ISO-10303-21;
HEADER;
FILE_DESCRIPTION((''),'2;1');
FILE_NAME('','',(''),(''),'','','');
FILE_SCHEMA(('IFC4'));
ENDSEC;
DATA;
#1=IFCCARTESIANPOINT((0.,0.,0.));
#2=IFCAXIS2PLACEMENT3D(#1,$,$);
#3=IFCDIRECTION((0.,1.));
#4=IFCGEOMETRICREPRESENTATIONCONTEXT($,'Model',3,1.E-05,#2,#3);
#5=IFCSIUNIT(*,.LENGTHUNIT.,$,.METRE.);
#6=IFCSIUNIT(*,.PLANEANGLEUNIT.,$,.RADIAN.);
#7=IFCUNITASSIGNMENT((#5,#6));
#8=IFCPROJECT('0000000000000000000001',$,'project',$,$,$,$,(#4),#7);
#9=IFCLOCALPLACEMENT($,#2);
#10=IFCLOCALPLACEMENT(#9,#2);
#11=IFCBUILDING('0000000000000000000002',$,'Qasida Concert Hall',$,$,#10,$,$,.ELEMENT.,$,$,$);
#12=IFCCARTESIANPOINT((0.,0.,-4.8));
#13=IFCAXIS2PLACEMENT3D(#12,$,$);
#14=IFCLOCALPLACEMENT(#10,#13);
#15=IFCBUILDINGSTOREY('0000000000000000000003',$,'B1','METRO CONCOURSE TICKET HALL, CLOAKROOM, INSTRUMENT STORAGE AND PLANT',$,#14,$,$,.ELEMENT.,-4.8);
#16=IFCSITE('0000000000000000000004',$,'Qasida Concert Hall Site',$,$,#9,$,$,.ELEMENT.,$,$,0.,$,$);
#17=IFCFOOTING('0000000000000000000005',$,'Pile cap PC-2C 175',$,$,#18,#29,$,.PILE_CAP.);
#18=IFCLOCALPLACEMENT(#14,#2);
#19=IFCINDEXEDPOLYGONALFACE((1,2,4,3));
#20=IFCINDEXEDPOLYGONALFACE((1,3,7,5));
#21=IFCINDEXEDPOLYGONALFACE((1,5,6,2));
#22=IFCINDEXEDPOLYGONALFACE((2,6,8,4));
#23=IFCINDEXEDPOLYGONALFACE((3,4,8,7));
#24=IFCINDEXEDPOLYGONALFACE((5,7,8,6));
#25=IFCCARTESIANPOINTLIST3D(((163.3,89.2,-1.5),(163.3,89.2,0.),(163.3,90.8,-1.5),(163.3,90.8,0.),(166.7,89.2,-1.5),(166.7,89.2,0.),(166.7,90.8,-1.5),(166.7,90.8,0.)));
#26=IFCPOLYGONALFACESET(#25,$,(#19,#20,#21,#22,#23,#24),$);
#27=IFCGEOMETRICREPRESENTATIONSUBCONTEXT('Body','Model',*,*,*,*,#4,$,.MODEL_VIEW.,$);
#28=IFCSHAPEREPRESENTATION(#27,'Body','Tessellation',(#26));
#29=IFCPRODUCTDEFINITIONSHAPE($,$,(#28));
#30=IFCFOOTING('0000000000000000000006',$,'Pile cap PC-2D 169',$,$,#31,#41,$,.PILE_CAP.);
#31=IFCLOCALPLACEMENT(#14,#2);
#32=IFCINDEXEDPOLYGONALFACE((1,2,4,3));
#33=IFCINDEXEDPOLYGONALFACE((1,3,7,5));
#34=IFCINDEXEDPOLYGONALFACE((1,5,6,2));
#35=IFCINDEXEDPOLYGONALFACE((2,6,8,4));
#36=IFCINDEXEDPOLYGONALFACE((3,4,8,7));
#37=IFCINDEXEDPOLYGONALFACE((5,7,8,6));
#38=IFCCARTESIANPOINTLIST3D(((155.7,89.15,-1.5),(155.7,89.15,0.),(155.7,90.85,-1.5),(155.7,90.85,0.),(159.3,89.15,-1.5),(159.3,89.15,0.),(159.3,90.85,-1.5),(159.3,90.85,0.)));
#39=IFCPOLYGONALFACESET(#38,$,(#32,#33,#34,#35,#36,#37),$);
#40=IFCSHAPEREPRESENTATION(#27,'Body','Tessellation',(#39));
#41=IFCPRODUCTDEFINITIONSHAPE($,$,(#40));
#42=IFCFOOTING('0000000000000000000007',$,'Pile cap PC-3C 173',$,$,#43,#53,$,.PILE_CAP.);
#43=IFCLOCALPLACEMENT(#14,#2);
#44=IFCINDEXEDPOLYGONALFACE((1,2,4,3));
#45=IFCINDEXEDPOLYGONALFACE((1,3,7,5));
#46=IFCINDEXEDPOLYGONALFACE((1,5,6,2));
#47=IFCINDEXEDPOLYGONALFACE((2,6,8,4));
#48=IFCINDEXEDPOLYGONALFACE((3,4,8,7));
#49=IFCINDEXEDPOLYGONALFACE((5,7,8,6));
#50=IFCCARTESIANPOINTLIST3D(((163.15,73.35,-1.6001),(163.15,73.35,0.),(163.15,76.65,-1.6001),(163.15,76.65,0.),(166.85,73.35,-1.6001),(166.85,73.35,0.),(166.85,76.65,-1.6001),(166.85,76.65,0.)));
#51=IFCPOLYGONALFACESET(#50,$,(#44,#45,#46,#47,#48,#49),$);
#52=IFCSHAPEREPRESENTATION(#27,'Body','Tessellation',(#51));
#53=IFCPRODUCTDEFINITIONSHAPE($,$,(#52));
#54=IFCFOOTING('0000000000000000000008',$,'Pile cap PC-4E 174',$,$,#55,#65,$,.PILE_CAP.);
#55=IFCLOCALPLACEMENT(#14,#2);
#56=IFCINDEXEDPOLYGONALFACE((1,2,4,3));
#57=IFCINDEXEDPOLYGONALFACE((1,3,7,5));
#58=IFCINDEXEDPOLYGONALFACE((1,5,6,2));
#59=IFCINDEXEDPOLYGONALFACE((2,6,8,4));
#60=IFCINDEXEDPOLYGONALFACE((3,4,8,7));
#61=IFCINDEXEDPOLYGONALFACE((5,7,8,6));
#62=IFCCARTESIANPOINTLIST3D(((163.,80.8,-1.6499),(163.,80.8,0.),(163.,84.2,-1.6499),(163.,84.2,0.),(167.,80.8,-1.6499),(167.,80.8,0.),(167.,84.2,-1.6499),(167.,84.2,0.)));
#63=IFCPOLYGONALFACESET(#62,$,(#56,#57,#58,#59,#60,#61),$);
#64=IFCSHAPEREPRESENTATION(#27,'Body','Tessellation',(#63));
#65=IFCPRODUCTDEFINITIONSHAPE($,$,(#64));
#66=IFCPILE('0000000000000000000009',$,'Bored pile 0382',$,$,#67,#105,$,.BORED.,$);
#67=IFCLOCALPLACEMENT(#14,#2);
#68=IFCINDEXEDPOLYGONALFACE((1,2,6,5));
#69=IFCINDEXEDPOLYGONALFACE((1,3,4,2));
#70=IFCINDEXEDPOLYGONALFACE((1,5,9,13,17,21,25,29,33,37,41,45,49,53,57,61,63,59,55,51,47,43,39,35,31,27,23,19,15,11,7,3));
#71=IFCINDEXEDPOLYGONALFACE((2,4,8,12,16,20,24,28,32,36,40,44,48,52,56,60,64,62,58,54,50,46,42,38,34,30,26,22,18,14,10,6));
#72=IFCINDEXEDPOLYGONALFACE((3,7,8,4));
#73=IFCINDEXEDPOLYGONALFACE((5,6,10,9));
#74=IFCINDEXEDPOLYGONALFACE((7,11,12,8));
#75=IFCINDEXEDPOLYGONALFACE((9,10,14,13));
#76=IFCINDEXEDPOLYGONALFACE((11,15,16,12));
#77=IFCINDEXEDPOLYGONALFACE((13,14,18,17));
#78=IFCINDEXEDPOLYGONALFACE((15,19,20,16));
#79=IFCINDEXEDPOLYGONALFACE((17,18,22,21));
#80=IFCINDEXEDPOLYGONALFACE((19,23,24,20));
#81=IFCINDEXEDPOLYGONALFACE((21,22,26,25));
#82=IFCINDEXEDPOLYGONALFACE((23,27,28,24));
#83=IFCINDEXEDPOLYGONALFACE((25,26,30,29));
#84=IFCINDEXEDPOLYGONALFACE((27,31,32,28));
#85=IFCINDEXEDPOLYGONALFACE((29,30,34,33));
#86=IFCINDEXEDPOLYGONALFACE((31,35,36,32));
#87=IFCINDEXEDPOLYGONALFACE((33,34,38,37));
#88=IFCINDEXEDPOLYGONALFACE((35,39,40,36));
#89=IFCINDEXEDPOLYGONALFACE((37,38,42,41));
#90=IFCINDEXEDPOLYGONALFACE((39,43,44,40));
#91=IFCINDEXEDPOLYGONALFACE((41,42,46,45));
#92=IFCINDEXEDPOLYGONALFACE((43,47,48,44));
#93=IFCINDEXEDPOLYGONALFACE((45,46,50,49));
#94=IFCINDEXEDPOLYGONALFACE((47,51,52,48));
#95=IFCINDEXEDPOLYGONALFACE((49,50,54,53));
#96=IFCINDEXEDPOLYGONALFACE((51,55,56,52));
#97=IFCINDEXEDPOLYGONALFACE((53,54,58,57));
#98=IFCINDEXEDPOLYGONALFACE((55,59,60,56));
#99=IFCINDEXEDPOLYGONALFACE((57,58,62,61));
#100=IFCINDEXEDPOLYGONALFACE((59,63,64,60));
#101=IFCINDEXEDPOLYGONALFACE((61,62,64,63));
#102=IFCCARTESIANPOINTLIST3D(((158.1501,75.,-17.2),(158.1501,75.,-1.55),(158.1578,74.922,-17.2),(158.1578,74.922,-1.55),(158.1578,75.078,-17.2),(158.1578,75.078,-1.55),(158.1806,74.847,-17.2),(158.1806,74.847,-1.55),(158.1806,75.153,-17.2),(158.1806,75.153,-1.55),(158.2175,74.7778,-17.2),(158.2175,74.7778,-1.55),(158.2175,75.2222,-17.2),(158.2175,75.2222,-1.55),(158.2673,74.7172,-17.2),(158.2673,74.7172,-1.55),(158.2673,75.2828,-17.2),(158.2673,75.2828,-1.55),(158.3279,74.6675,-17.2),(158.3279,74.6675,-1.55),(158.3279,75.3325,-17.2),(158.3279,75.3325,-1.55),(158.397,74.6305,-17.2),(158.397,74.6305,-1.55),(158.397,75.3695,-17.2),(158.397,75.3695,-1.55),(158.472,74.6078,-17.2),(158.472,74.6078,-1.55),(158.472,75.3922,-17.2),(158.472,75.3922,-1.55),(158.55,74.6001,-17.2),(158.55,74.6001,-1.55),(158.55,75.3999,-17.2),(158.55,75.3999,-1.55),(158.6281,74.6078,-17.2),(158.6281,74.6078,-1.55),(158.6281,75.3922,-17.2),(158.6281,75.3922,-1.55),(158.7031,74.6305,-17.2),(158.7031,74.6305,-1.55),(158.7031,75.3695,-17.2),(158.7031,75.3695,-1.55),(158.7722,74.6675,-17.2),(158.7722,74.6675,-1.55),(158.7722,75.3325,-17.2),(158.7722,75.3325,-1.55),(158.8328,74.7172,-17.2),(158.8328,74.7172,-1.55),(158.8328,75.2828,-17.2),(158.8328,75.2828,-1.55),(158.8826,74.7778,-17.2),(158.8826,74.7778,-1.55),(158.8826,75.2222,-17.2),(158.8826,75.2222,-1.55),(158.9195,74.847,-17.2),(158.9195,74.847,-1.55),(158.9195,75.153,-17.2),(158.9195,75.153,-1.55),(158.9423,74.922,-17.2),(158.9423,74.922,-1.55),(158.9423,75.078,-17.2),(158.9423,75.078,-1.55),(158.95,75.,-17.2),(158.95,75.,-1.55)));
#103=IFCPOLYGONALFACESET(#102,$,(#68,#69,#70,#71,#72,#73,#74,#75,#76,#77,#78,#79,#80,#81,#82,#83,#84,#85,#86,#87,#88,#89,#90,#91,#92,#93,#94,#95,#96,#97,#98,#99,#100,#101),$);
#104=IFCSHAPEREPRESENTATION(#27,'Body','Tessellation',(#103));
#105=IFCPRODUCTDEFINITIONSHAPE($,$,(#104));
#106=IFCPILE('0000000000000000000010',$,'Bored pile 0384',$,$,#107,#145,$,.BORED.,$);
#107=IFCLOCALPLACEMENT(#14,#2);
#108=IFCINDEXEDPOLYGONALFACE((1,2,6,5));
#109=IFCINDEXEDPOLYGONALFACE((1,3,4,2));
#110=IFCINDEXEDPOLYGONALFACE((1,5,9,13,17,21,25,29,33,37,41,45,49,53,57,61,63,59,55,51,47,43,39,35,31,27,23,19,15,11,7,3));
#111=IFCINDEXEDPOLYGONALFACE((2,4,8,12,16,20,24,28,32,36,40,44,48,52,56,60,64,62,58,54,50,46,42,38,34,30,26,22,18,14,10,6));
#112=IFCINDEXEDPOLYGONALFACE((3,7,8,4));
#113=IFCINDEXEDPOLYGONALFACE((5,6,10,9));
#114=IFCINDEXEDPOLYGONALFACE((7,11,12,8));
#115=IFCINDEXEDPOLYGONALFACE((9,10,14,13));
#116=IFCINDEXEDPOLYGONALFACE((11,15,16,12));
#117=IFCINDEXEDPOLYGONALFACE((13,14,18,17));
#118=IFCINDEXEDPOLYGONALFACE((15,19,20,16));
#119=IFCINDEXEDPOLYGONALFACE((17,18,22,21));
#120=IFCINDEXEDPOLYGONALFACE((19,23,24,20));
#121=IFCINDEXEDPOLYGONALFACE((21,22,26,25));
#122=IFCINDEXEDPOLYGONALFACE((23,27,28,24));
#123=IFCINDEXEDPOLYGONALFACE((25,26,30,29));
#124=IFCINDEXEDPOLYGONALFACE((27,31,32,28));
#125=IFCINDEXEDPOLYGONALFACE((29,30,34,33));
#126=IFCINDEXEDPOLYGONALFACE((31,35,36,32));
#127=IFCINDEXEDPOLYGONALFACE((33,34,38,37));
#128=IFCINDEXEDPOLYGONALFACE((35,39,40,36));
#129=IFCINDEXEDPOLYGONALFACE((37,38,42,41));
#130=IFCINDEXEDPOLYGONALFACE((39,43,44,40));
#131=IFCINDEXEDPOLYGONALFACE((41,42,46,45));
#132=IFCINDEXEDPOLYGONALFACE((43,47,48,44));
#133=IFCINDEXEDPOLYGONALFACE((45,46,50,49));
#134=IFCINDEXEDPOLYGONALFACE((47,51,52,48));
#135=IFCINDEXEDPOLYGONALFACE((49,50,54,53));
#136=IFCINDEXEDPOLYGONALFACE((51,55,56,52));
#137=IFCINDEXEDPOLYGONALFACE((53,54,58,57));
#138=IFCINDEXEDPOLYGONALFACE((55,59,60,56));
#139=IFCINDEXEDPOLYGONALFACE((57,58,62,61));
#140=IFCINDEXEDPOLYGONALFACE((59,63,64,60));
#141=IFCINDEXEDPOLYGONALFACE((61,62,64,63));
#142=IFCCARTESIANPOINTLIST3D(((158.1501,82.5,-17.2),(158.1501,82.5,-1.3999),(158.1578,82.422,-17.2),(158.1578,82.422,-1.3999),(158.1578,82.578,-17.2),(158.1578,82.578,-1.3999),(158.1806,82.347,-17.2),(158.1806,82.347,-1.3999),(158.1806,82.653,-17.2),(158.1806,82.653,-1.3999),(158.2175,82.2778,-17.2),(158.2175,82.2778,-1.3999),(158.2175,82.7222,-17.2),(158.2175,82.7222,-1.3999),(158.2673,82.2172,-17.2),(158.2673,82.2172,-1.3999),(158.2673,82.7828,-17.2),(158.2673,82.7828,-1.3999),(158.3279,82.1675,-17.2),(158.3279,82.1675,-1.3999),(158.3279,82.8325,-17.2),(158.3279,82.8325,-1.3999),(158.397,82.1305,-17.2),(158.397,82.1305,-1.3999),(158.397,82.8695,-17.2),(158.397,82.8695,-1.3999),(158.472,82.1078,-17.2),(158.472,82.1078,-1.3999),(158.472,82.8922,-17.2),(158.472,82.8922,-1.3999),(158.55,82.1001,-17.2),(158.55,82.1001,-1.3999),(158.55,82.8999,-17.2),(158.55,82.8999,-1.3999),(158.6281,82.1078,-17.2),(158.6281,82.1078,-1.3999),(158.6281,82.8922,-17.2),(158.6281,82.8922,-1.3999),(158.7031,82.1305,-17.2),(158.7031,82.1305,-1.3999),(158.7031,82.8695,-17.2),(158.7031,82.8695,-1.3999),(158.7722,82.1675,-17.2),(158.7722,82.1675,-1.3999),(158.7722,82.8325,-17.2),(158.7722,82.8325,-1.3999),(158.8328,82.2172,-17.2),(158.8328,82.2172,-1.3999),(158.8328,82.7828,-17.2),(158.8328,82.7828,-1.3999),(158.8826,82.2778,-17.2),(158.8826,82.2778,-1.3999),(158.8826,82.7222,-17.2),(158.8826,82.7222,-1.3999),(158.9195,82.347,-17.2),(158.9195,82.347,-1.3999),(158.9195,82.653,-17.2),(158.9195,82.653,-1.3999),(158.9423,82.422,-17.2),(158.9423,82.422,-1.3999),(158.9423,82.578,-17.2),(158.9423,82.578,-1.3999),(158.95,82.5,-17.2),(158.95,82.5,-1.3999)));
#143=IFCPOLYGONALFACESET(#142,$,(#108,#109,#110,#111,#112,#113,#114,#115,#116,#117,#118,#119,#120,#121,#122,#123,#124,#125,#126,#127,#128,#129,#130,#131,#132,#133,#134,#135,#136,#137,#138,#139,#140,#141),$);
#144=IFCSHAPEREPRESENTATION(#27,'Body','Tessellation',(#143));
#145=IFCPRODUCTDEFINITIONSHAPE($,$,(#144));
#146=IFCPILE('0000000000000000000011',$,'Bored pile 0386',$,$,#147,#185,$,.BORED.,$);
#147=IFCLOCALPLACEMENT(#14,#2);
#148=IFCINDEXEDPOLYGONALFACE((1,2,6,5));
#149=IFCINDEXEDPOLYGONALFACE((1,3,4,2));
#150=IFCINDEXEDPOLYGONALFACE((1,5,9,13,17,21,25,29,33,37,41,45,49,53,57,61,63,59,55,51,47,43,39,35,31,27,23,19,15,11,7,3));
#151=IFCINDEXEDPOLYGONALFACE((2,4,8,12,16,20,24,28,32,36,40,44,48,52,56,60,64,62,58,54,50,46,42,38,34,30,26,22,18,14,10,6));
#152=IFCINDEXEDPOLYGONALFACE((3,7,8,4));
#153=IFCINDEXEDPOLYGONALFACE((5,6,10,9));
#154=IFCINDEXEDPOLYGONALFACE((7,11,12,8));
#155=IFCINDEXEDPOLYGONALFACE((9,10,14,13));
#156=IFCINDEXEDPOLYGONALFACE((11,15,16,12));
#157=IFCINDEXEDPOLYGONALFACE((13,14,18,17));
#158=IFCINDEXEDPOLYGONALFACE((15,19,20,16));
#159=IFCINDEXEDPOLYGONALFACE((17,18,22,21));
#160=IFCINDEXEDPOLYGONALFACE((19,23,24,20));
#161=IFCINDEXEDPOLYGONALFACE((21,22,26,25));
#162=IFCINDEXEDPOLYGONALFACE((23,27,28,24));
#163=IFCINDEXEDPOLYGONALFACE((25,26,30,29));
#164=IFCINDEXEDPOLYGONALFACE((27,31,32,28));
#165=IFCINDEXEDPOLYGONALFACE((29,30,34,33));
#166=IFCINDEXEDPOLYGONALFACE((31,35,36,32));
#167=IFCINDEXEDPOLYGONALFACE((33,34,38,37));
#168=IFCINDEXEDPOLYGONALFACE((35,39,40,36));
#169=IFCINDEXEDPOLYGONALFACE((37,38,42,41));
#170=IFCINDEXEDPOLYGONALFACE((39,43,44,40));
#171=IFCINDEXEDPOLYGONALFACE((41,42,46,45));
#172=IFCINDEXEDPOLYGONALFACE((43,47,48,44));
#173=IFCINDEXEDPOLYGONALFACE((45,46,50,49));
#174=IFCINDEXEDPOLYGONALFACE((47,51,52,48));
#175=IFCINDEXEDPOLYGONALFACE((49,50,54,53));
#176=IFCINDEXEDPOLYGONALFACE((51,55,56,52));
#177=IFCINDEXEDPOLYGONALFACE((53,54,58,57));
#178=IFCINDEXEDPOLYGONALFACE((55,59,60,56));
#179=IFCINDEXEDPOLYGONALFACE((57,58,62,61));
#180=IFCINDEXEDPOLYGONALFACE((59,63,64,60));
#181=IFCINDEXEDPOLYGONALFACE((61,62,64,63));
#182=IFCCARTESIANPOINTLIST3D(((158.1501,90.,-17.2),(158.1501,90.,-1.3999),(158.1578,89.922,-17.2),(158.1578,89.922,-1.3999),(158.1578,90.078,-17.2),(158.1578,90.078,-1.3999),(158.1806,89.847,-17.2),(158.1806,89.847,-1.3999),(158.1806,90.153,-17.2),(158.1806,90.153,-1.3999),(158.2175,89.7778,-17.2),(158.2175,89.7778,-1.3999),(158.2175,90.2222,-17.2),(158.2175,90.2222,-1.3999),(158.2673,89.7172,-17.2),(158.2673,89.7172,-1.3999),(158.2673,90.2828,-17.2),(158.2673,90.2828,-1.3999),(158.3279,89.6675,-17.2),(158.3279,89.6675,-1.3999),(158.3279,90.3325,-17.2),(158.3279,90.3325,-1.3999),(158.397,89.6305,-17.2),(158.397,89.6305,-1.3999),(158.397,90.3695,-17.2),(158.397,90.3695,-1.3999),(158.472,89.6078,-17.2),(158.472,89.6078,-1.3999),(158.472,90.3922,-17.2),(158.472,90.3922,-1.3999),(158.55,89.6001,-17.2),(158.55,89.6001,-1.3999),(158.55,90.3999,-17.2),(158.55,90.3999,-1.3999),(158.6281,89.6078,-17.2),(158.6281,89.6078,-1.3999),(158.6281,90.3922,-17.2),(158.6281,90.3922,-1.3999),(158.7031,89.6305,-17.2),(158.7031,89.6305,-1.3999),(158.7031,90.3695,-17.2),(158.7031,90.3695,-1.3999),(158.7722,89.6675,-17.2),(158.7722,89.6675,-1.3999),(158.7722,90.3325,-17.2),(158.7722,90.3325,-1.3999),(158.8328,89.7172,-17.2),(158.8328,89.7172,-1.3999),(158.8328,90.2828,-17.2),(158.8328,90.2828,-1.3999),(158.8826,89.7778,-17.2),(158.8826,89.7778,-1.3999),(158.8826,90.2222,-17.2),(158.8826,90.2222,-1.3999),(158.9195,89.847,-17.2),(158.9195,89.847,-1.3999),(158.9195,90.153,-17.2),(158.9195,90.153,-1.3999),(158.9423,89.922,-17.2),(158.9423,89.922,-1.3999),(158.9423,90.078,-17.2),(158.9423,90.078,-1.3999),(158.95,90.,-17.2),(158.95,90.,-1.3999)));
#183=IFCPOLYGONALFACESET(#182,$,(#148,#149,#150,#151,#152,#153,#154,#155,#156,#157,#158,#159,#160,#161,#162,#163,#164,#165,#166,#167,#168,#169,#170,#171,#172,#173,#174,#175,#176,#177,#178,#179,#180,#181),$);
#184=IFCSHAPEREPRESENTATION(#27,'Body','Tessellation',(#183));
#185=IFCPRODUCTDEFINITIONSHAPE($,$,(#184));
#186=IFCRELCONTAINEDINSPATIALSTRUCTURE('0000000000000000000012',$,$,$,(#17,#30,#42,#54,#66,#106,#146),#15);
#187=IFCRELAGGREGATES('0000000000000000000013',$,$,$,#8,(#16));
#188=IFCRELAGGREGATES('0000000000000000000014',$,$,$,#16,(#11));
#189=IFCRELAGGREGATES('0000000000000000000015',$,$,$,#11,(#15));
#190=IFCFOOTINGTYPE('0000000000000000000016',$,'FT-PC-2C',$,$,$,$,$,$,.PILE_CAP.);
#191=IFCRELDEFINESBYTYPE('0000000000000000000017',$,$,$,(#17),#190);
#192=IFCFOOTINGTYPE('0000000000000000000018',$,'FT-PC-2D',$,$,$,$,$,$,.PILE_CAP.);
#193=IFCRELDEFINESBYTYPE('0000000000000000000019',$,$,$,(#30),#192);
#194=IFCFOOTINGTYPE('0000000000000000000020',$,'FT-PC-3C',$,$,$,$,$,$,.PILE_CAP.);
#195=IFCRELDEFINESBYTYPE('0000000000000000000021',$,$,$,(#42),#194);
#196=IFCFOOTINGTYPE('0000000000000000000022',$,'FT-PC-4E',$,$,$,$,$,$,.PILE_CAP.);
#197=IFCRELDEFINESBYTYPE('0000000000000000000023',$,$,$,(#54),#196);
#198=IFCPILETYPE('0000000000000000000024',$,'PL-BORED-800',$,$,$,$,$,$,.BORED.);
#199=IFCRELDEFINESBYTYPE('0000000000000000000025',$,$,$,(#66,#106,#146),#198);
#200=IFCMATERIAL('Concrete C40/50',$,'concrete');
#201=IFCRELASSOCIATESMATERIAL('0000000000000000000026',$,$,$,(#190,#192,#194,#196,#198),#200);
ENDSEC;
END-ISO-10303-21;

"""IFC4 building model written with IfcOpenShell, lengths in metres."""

from ifc_helpers import new_model, si_unit, direction, frame, origin, origin_2d, place, context, subcontext, project, spatial, rectangle, circle, extrude, material, material_profile, profile_set, type_object, element, save


model = new_model("IFC4")

# Units and contexts
model_context = context("Model", 3, precision=1e-05, world=origin(), true_north=direction((0.0, 1.0)))
body_context = subcontext(model_context, "Body", "Model", "MODEL_VIEW")
ifc_project = project(units=[si_unit("LENGTHUNIT", "METRE"), si_unit("PLANEANGLEUNIT", "RADIAN")], contexts=[model_context])

# Site, building, storey
site_placement = place(None, origin())
site = spatial("IfcSite", under=ifc_project, at=site_placement, Name="Qasida Concert Hall Site", CompositionType="ELEMENT", RefElevation=0.0)
building_placement = place(site_placement, origin())
building = spatial("IfcBuilding", under=site, at=building_placement, Name="Qasida Concert Hall", CompositionType="ELEMENT")
storey_placement = place(building_placement, frame((0.0, 0.0, -4.8)))
storey = spatial("IfcBuildingStorey", under=building, at=storey_placement, Name="B1", Description="METRO CONCOURSE TICKET HALL, CLOAKROOM, INSTRUMENT STORAGE AND PLANT", CompositionType="ELEMENT", Elevation=-4.8)

# Footings
ifc_material_1 = material(Name="Concrete C40/50", Category="concrete")
footing_type_1 = type_object("IfcFootingType", Name="FT-PC-2C", PredefinedType="PILE_CAP", material=ifc_material_1)
footing_1_placement = place(storey_placement, frame((165.0, 90.0, -1.5), z_axis=(0.0, 0.0, 1.0), x_axis=(1.0, 0.0, 0.0)))
element("IfcFooting", 1, at=footing_1_placement, inside=storey, type_object=footing_type_1, Name="Pile cap PC-2C 175", PredefinedType="PILE_CAP", context=body_context, shape_type="SweptSolid", body=[
    extrude(rectangle(XDim=3.3999, YDim=1.6001, at=origin_2d()), origin(), (0.0, 0.0, 1.0), 1.5),
])
footing_type_2 = type_object("IfcFootingType", Name="FT-PC-2D", PredefinedType="PILE_CAP", material=ifc_material_1)
footing_2_placement = place(storey_placement, frame((157.5, 90.0, -1.5), z_axis=(0.0, 0.0, 1.0), x_axis=(1.0, 0.0, 0.0)))
element("IfcFooting", 2, at=footing_2_placement, inside=storey, type_object=footing_type_2, Name="Pile cap PC-2D 169", PredefinedType="PILE_CAP", context=body_context, shape_type="SweptSolid", body=[
    extrude(rectangle(XDim=3.6001, YDim=1.7, at=origin_2d()), origin(), (0.0, 0.0, 1.0), 1.5),
])
footing_type_3 = type_object("IfcFootingType", Name="FT-PC-3C", PredefinedType="PILE_CAP", material=ifc_material_1)
footing_3_placement = place(storey_placement, frame((165.0, 75.0, -1.6001), z_axis=(0.0, 0.0, 1.0), x_axis=(1.0, 0.0, 0.0)))
element("IfcFooting", 3, at=footing_3_placement, inside=storey, type_object=footing_type_3, Name="Pile cap PC-3C 173", PredefinedType="PILE_CAP", context=body_context, shape_type="SweptSolid", body=[
    extrude(rectangle(XDim=3.7, YDim=3.3, at=origin_2d()), origin(), (0.0, 0.0, 1.0), 1.6001),
])
footing_type_4 = type_object("IfcFootingType", Name="FT-PC-4E", PredefinedType="PILE_CAP", material=ifc_material_1)
footing_4_placement = place(storey_placement, frame((165.0, 82.5, -1.6499), z_axis=(0.0, 0.0, 1.0), x_axis=(1.0, 0.0, 0.0)))
element("IfcFooting", 4, at=footing_4_placement, inside=storey, type_object=footing_type_4, Name="Pile cap PC-4E 174", PredefinedType="PILE_CAP", context=body_context, shape_type="SweptSolid", body=[
    extrude(rectangle(XDim=4.0, YDim=3.3999, at=origin_2d()), origin(), (0.0, 0.0, 1.0), 1.6499),
])

# Piles
ifc_material_profile_1 = material_profile(ifc_material_1, circle(Radius=0.3999, at=origin_2d()), Name="BORED PILE D800")
ifc_profile_set_1 = profile_set([ifc_material_profile_1], Name="Concrete C40/50")
pile_type = type_object("IfcPileType", Name="PL-BORED-800", PredefinedType="BORED", material=ifc_profile_set_1)
pile_placement = place(storey_placement, frame((158.55, 75.0, -1.55), z_axis=(0.0, 0.0, -1.0), x_axis=(1.0, 0.0, 0.0)))
element("IfcPile", 5, at=pile_placement, inside=storey, type_object=pile_type, Name="Bored pile 0382", PredefinedType="BORED", context=body_context, shape_type="SweptSolid", body=[
    extrude(circle(Radius=0.3999, at=origin_2d()), origin(), (0.0, 0.0, 1.0), 15.6499),
])
for number, where, z_axis, x_axis, name in (
    (6, (158.55, 82.5, -1.3999), (0.0, 0.0, -1.0), (1.0, 0.0, 0.0), "Bored pile 0384"),
    (7, (158.55, 90.0, -1.3999), (0.0, 0.0, -1.0), (1.0, 0.0, 0.0), "Bored pile 0386"),
):
    element("IfcPile", number, at=place(storey_placement, frame(where, z_axis=z_axis, x_axis=x_axis)), inside=storey, type_object=pile_type, Name=name, PredefinedType="BORED", context=body_context, shape_type="SweptSolid", body=[
        extrude(circle(Radius=0.3999, at=origin_2d()), origin(), (0.0, 0.0, 1.0), 15.8),
    ])

save(model, "model.ifc")
